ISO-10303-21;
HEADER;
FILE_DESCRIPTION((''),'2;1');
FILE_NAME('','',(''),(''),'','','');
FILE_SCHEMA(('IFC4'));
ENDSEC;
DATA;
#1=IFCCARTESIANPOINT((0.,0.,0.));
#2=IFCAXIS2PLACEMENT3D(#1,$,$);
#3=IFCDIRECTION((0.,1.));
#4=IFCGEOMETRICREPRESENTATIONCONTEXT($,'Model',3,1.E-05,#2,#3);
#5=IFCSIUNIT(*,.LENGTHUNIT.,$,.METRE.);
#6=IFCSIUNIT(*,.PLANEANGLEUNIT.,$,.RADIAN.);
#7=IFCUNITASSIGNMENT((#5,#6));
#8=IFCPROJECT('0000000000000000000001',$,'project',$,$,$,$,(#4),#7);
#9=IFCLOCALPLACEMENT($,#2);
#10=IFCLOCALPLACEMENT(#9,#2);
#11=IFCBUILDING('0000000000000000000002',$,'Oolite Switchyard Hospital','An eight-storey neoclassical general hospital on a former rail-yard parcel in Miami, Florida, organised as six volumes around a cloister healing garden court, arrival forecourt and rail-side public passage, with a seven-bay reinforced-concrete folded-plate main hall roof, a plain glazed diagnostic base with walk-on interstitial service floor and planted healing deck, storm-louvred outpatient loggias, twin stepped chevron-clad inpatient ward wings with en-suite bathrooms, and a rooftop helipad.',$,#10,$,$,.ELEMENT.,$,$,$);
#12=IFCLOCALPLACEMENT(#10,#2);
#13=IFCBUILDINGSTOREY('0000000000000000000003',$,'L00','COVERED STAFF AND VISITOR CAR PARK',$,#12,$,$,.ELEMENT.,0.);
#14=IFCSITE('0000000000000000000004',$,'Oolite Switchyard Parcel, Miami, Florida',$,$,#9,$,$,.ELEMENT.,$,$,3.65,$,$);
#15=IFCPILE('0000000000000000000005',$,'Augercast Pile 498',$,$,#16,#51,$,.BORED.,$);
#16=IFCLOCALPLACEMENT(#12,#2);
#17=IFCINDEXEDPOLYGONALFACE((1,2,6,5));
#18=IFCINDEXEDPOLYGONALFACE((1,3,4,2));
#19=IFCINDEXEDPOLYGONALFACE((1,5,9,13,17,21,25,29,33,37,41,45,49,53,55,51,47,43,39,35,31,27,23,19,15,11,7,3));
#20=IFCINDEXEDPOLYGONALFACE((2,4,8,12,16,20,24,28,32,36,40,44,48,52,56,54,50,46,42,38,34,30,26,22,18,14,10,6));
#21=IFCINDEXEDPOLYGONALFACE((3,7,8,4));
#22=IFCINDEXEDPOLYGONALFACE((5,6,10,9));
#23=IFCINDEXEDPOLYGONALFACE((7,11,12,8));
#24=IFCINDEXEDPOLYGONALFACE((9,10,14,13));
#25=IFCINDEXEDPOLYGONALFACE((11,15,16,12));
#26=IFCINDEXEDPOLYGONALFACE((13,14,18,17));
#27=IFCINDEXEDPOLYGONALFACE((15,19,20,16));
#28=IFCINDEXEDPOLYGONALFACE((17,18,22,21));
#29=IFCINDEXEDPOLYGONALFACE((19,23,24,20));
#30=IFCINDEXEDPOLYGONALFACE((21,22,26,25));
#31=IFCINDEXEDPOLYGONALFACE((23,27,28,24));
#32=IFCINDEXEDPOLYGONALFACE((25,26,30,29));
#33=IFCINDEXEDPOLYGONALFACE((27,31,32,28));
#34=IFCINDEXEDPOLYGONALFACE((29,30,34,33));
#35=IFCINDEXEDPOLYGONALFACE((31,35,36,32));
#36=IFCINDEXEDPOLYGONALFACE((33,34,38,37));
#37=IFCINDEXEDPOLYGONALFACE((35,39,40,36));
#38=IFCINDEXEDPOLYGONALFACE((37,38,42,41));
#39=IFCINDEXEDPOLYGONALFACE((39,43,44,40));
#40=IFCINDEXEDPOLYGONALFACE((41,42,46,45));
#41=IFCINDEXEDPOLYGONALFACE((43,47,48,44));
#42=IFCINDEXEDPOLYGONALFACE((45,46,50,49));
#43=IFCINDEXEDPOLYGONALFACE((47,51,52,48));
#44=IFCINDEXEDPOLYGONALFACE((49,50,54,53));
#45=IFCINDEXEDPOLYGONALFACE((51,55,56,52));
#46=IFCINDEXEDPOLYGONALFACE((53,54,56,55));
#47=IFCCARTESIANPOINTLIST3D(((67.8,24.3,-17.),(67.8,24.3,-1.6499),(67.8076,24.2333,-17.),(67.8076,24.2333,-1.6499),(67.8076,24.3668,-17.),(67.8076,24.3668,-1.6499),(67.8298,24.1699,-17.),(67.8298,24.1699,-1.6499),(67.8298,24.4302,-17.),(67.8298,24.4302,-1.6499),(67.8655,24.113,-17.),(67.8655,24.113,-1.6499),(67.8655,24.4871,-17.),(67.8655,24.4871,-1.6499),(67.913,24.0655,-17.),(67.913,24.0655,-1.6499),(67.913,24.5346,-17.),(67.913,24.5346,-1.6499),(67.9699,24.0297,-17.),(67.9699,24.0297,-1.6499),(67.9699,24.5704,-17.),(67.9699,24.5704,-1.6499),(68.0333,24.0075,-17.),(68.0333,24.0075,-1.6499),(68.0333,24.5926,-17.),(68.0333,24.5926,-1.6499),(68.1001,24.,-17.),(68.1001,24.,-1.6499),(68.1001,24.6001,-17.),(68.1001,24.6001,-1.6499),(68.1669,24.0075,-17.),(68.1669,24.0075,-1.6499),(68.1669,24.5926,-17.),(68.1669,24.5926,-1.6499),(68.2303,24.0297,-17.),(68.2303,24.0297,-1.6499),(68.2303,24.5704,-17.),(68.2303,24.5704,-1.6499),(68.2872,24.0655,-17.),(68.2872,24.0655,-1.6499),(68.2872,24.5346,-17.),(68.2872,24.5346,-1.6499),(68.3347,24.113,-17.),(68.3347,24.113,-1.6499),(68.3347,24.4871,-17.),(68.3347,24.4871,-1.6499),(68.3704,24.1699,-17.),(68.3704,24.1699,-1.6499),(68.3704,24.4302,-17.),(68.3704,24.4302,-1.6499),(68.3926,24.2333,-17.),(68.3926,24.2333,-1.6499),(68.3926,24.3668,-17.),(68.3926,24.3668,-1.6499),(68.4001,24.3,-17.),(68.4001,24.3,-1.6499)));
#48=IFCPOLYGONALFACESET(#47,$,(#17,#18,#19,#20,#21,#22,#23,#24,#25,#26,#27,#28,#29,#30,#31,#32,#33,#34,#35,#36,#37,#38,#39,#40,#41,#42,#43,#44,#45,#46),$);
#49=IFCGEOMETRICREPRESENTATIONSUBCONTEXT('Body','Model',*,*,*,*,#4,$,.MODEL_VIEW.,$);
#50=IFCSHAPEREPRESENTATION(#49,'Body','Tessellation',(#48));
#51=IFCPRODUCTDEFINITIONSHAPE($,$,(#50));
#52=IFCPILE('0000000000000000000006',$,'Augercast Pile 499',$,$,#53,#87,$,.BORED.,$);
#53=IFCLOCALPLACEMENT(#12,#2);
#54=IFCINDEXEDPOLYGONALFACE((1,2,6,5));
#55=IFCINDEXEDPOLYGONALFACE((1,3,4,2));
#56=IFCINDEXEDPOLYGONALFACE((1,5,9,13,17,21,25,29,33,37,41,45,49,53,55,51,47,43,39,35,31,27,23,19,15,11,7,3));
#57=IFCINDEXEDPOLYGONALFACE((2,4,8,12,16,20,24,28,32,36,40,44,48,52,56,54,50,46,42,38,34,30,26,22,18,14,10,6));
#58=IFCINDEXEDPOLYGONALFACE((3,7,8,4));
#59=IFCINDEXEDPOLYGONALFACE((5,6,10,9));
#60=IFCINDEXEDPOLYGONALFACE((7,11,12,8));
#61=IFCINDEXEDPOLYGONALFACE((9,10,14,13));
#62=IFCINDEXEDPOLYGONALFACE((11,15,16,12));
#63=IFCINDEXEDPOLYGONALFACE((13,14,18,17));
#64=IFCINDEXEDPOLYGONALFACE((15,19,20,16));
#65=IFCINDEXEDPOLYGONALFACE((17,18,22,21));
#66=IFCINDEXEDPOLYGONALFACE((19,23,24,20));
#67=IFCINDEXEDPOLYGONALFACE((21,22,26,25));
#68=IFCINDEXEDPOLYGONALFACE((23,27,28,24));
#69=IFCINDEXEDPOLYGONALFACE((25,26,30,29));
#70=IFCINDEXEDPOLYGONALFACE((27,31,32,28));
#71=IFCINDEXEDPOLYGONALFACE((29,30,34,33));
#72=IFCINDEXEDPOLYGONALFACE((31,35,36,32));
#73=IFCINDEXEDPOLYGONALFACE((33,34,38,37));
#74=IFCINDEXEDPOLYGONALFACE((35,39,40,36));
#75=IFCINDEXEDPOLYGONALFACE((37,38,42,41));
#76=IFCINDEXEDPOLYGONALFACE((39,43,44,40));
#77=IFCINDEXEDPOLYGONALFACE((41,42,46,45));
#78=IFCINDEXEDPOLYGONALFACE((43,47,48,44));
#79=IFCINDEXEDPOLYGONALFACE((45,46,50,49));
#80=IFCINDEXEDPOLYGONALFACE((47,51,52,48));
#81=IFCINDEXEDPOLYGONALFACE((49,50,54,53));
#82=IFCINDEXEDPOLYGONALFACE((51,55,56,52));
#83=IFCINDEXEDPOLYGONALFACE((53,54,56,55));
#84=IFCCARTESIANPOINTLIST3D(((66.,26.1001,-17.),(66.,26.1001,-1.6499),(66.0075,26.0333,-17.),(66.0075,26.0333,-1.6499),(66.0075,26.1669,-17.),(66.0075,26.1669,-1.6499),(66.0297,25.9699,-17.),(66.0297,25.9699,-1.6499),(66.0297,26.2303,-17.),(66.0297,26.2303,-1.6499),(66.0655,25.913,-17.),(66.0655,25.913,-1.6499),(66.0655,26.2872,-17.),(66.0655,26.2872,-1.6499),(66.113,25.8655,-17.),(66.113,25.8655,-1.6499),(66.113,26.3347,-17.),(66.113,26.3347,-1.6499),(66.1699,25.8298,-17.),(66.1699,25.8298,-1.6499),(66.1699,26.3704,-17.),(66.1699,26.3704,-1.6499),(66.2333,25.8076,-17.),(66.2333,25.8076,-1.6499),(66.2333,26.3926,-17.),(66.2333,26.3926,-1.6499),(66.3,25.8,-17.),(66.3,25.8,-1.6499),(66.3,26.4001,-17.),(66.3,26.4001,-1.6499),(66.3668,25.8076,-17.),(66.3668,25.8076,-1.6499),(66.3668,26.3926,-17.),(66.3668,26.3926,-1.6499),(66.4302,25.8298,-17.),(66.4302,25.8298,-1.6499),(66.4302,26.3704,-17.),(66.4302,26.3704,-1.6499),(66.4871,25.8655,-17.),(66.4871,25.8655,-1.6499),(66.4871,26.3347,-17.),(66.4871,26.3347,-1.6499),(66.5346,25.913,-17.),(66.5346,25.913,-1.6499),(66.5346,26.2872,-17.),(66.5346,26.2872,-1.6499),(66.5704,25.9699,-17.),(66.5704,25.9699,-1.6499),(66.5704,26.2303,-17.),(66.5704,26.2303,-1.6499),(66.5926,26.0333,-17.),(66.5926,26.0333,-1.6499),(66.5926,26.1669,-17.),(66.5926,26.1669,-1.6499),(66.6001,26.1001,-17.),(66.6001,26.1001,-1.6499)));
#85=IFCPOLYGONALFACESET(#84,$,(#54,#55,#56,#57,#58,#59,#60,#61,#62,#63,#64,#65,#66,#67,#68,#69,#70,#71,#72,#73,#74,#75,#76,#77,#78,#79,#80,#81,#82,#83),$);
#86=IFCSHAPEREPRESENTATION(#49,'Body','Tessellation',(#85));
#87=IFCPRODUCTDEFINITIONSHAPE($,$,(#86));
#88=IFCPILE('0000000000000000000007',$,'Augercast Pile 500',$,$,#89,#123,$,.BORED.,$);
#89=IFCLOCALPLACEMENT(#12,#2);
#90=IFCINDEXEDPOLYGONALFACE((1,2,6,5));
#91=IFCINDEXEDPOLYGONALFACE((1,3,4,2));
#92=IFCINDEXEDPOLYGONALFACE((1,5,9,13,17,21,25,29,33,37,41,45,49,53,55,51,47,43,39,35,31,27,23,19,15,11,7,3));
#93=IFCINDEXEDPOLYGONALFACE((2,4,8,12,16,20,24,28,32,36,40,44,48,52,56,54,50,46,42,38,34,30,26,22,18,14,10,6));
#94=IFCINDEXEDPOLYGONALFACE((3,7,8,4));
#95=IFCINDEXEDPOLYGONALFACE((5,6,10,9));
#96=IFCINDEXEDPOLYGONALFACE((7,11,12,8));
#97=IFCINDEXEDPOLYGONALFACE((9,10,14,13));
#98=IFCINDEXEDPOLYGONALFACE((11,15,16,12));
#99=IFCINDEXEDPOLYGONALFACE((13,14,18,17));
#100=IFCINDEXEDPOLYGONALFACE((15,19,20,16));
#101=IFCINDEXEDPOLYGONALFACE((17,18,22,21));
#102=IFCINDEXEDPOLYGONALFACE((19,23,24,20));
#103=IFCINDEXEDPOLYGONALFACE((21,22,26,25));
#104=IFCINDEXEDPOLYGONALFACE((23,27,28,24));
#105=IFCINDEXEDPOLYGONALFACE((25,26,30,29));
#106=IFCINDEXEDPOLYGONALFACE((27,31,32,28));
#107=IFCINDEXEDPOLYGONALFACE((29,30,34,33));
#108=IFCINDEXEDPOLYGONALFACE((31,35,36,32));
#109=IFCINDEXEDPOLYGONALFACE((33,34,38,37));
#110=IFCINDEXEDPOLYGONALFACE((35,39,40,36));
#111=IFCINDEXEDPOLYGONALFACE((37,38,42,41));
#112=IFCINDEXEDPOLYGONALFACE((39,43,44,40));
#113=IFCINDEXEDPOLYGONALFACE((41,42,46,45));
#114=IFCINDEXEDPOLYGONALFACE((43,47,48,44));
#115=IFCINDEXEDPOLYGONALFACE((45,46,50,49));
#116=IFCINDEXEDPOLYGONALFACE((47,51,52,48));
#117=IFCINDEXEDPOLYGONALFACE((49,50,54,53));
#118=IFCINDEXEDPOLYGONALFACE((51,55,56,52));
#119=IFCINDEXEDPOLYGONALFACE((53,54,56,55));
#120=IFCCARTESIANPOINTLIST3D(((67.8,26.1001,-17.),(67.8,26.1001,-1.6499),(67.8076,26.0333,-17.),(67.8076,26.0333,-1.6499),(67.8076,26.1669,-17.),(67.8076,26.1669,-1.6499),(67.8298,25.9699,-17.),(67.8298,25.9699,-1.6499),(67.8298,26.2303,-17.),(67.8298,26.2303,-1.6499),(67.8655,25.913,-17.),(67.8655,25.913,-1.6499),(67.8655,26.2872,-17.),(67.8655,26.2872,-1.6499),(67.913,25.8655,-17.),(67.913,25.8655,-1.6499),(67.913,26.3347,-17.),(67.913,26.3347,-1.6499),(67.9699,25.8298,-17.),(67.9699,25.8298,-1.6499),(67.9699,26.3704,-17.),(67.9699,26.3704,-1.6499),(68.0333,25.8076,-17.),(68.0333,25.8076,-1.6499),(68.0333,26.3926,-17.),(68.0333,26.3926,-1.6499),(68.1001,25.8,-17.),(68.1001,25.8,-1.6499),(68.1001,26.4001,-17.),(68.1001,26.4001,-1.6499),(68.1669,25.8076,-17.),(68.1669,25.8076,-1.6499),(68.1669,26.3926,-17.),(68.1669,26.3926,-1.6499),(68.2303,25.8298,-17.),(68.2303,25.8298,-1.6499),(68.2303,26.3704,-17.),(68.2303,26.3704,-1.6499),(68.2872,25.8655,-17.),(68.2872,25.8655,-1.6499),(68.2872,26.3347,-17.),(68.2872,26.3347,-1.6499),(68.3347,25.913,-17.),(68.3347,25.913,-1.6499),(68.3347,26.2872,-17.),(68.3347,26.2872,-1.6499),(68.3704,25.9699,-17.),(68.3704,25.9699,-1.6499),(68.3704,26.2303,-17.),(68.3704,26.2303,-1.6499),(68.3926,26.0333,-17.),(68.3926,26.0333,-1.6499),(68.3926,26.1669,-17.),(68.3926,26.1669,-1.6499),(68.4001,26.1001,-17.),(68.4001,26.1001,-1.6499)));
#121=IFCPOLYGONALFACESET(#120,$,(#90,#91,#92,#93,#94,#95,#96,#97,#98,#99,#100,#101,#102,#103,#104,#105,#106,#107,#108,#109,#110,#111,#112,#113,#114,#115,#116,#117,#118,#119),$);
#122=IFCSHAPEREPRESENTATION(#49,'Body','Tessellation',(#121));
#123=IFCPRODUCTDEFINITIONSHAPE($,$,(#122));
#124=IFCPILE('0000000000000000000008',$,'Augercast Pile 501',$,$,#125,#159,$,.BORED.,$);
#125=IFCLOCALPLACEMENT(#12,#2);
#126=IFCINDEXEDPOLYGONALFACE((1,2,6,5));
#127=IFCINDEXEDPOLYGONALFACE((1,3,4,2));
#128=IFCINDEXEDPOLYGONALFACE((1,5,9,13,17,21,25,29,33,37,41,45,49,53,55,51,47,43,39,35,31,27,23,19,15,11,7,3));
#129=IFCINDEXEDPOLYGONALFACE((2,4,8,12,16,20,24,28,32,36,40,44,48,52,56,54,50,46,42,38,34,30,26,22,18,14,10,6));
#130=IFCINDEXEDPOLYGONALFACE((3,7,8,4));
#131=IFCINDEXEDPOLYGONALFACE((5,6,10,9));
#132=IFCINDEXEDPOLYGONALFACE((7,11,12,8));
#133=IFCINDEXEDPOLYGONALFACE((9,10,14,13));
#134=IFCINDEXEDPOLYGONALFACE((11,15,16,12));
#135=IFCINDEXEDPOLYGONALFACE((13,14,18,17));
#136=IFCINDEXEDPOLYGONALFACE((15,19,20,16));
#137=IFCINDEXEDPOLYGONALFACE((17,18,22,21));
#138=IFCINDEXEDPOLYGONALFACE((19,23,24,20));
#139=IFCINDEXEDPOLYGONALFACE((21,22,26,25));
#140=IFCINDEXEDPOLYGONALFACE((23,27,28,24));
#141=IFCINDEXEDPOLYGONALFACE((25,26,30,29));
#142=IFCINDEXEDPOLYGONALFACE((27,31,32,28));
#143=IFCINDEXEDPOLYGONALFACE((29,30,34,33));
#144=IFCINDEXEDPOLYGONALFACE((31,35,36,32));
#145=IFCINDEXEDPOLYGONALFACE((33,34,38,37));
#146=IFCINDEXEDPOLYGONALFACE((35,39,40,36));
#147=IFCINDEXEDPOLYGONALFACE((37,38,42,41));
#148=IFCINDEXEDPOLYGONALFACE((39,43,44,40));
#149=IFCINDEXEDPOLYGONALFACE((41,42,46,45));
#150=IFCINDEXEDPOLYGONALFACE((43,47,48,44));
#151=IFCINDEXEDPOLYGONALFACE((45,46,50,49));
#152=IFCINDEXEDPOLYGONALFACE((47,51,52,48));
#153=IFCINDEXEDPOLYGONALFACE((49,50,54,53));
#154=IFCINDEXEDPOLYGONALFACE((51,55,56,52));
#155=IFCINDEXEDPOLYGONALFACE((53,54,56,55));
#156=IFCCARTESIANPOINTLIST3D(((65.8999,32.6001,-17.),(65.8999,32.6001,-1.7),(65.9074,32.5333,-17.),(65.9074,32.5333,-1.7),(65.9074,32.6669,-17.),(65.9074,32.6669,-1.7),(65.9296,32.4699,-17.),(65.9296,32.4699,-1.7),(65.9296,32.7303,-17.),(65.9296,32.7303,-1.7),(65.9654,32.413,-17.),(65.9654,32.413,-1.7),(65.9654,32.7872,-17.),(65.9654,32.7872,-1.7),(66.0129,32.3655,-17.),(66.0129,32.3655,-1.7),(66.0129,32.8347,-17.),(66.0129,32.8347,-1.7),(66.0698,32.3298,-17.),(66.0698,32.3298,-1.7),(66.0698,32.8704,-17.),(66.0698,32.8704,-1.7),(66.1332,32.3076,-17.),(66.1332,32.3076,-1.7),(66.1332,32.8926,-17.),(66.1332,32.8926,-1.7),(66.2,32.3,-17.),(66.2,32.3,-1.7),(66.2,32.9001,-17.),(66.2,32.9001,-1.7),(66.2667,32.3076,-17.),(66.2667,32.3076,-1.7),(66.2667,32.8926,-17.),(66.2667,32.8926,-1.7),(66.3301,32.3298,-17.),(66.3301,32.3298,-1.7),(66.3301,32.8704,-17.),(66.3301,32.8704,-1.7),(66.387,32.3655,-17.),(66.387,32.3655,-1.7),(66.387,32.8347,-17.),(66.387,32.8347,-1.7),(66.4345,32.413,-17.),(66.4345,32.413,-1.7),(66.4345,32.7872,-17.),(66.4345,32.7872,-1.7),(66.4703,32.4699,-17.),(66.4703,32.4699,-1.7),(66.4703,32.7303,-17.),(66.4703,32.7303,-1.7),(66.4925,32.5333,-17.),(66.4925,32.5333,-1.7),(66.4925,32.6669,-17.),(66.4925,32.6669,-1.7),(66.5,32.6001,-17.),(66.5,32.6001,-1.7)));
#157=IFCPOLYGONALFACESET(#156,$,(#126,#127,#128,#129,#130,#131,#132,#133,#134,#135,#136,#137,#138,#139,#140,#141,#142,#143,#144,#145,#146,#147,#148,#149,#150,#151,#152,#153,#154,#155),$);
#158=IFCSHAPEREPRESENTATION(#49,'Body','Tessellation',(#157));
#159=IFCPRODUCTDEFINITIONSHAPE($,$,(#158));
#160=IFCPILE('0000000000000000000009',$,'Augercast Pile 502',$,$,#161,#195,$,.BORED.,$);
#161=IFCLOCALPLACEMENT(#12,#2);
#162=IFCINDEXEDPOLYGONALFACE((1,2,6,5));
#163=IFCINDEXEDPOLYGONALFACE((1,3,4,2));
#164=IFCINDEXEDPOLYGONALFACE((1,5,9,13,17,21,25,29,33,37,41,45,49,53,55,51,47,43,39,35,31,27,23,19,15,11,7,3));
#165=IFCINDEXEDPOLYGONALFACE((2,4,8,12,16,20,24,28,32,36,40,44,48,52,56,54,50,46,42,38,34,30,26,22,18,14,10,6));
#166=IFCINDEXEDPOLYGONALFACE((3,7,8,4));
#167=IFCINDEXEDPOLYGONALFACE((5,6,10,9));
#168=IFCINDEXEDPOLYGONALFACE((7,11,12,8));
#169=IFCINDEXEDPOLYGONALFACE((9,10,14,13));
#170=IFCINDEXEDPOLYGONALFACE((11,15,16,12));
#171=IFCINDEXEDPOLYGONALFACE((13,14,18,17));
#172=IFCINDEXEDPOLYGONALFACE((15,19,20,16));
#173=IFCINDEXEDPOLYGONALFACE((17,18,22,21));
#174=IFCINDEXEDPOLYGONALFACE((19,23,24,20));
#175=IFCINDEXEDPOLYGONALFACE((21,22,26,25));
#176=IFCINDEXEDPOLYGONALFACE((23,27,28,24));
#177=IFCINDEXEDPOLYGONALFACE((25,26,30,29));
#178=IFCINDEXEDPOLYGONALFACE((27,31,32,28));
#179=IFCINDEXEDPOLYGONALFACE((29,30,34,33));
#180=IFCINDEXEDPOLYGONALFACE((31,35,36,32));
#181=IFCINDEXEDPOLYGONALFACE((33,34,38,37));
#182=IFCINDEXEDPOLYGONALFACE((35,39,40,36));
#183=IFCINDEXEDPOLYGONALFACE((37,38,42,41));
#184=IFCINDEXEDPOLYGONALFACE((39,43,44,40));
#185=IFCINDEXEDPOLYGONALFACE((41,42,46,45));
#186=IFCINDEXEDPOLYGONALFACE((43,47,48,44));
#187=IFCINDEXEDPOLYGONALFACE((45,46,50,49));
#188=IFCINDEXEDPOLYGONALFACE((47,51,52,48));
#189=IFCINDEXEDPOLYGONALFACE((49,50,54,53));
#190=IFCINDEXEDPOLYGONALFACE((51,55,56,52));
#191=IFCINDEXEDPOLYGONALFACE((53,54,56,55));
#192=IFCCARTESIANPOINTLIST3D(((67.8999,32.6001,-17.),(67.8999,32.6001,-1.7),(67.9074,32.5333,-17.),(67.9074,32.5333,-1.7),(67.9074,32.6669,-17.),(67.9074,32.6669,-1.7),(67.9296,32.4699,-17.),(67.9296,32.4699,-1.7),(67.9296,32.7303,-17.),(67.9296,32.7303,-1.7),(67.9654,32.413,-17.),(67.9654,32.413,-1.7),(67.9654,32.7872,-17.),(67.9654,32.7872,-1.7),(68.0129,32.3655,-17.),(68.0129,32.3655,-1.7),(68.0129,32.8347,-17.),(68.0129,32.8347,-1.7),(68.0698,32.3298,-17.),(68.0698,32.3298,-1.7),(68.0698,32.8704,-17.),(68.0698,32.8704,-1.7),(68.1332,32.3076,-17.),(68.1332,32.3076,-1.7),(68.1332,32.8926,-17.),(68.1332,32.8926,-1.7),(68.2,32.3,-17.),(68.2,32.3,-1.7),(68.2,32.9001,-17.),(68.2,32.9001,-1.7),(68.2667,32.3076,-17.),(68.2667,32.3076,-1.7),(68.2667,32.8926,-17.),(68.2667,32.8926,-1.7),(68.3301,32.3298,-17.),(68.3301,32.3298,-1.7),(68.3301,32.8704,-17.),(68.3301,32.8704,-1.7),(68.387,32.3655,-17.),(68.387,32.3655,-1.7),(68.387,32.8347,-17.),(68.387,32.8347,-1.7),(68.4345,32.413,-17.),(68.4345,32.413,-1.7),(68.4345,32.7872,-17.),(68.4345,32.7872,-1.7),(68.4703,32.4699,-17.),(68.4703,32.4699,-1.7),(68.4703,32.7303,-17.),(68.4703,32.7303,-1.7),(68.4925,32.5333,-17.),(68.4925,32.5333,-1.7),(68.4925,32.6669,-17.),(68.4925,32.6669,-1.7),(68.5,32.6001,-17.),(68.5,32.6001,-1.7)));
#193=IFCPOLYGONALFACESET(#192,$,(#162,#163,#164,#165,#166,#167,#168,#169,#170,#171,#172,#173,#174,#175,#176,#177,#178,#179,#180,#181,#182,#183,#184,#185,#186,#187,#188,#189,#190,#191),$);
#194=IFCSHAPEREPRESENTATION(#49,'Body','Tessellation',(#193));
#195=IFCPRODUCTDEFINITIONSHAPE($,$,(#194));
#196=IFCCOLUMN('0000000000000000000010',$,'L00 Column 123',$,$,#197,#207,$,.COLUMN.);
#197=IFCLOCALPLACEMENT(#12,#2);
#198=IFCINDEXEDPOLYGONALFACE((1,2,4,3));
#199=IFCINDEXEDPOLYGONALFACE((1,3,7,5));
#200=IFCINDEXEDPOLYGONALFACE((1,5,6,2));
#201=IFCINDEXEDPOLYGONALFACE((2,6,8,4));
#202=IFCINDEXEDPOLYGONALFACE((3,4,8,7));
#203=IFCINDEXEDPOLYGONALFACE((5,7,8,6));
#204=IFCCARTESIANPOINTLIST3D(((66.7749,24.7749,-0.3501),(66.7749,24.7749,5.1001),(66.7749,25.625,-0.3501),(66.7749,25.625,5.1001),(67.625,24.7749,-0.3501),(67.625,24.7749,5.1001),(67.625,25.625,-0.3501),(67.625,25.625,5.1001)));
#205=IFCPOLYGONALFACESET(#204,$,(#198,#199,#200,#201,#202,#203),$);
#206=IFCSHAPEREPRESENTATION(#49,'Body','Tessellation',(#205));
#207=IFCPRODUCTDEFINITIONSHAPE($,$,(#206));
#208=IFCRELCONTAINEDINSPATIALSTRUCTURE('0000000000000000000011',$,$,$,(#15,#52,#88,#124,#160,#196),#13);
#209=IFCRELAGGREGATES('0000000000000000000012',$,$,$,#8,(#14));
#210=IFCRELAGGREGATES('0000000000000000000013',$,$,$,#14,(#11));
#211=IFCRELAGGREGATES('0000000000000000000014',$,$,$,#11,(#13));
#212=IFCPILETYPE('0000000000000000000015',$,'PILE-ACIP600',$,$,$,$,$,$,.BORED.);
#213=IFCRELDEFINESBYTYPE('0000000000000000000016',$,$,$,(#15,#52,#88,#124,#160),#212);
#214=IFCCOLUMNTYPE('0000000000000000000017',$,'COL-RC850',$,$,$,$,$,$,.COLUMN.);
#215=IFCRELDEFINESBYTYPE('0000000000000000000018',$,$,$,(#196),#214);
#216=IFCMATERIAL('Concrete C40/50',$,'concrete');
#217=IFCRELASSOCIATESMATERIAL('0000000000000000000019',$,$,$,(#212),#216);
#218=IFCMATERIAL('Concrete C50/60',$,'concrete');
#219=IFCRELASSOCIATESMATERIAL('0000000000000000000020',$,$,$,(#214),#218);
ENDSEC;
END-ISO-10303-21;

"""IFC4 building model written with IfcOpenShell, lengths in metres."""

from ifc_helpers import new_model, si_unit, direction, frame, origin, origin_2d, place, context, subcontext, project, spatial, rectangle, circle, extrude, material, material_profile, profile_set, type_object, element, save


model = new_model("IFC4")

# Units and contexts
model_context = context("Model", 3, precision=1e-05, world=origin(), true_north=direction((0.0, 1.0)))
body_context = subcontext(model_context, "Body", "Model", "MODEL_VIEW")
ifc_project = project(units=[si_unit("LENGTHUNIT", "METRE"), si_unit("PLANEANGLEUNIT", "RADIAN")], contexts=[model_context])

# Site, building, storey
site_placement = place(None, origin())
site = spatial("IfcSite", under=ifc_project, at=site_placement, Name="Oolite Switchyard Parcel, Miami, Florida", CompositionType="ELEMENT", RefElevation=3.65)
building_placement = place(site_placement, origin())
building = spatial("IfcBuilding", under=site, at=building_placement, Name="Oolite Switchyard Hospital", Description="An eight-storey neoclassical general hospital on a former rail-yard parcel in Miami, Florida, organised as six volumes around a cloister healing garden court, arrival forecourt and rail-side public passage, with a seven-bay reinforced-concrete folded-plate main hall roof, a plain glazed diagnostic base with walk-on interstitial service floor and planted healing deck, storm-louvred outpatient loggias, twin stepped chevron-clad inpatient ward wings with en-suite bathrooms, and a rooftop helipad.", CompositionType="ELEMENT")
storey_placement = place(building_placement, origin())
storey = spatial("IfcBuildingStorey", under=building, at=storey_placement, Name="L00", Description="COVERED STAFF AND VISITOR CAR PARK", CompositionType="ELEMENT", Elevation=0.0)

# Shared definitions
ifc_material_1 = material(Name="Concrete C40/50", Category="concrete")

# Piles
ifc_material_profile_1 = material_profile(ifc_material_1, circle(Radius=0.3, at=origin_2d()), Name="PILE600")
ifc_profile_set_1 = profile_set([ifc_material_profile_1], Name="Concrete C40/50")
pile_type = type_object("IfcPileType", Name="PILE-ACIP600", PredefinedType="BORED", material=ifc_profile_set_1)
for number, where, z_axis, x_axis, name in (
    (1, (68.1001, 24.3, -1.6499), (0.0, 0.0, -1.0), (1.0, 0.0, 0.0), "Augercast Pile 498"),
    (2, (66.3, 26.1001, -1.6499), (0.0, 0.0, -1.0), (1.0, 0.0, 0.0), "Augercast Pile 499"),
    (3, (68.1001, 26.1001, -1.6499), (0.0, 0.0, -1.0), (1.0, 0.0, 0.0), "Augercast Pile 500"),
):
    element("IfcPile", number, at=place(storey_placement, frame(where, z_axis=z_axis, x_axis=x_axis)), inside=storey, type_object=pile_type, Name=name, PredefinedType="BORED", context=body_context, shape_type="SweptSolid", body=[
        extrude(circle(Radius=0.3, at=origin_2d()), origin(), (0.0, 0.0, 1.0), 15.3501),
    ])
for number, where, z_axis, x_axis, name in (
    (4, (66.2, 32.6001, -1.7), (0.0, 0.0, -1.0), (1.0, 0.0, 0.0), "Augercast Pile 501"),
    (5, (68.2, 32.6001, -1.7), (0.0, 0.0, -1.0), (1.0, 0.0, 0.0), "Augercast Pile 502"),
):
    element("IfcPile", number, at=place(storey_placement, frame(where, z_axis=z_axis, x_axis=x_axis)), inside=storey, type_object=pile_type, Name=name, PredefinedType="BORED", context=body_context, shape_type="SweptSolid", body=[
        extrude(circle(Radius=0.3, at=origin_2d()), origin(), (0.0, 0.0, 1.0), 15.3),
    ])

# Column
ifc_material_2 = material(Name="Concrete C50/60", Category="concrete")
ifc_material_profile_2 = material_profile(ifc_material_2, rectangle(XDim=0.8501, YDim=0.8501, at=origin_2d()), Name="RC850X850")
ifc_profile_set_2 = profile_set([ifc_material_profile_2], Name="Concrete C50/60")
column_type = type_object("IfcColumnType", Name="COL-RC850", PredefinedType="COLUMN", material=ifc_profile_set_2)
column_placement = place(storey_placement, frame((67.2, 25.2, -0.3501), z_axis=(0.0, 0.0, 1.0), x_axis=(1.0, 0.0, 0.0)))
element("IfcColumn", 6, at=column_placement, inside=storey, type_object=column_type, Name="L00 Column 123", PredefinedType="COLUMN", context=body_context, shape_type="SweptSolid", body=[
    extrude(rectangle(XDim=0.8501, YDim=0.8501, at=origin_2d()), origin(), (0.0, 0.0, 1.0), 5.4502),
])

save(model, "model.ifc")
